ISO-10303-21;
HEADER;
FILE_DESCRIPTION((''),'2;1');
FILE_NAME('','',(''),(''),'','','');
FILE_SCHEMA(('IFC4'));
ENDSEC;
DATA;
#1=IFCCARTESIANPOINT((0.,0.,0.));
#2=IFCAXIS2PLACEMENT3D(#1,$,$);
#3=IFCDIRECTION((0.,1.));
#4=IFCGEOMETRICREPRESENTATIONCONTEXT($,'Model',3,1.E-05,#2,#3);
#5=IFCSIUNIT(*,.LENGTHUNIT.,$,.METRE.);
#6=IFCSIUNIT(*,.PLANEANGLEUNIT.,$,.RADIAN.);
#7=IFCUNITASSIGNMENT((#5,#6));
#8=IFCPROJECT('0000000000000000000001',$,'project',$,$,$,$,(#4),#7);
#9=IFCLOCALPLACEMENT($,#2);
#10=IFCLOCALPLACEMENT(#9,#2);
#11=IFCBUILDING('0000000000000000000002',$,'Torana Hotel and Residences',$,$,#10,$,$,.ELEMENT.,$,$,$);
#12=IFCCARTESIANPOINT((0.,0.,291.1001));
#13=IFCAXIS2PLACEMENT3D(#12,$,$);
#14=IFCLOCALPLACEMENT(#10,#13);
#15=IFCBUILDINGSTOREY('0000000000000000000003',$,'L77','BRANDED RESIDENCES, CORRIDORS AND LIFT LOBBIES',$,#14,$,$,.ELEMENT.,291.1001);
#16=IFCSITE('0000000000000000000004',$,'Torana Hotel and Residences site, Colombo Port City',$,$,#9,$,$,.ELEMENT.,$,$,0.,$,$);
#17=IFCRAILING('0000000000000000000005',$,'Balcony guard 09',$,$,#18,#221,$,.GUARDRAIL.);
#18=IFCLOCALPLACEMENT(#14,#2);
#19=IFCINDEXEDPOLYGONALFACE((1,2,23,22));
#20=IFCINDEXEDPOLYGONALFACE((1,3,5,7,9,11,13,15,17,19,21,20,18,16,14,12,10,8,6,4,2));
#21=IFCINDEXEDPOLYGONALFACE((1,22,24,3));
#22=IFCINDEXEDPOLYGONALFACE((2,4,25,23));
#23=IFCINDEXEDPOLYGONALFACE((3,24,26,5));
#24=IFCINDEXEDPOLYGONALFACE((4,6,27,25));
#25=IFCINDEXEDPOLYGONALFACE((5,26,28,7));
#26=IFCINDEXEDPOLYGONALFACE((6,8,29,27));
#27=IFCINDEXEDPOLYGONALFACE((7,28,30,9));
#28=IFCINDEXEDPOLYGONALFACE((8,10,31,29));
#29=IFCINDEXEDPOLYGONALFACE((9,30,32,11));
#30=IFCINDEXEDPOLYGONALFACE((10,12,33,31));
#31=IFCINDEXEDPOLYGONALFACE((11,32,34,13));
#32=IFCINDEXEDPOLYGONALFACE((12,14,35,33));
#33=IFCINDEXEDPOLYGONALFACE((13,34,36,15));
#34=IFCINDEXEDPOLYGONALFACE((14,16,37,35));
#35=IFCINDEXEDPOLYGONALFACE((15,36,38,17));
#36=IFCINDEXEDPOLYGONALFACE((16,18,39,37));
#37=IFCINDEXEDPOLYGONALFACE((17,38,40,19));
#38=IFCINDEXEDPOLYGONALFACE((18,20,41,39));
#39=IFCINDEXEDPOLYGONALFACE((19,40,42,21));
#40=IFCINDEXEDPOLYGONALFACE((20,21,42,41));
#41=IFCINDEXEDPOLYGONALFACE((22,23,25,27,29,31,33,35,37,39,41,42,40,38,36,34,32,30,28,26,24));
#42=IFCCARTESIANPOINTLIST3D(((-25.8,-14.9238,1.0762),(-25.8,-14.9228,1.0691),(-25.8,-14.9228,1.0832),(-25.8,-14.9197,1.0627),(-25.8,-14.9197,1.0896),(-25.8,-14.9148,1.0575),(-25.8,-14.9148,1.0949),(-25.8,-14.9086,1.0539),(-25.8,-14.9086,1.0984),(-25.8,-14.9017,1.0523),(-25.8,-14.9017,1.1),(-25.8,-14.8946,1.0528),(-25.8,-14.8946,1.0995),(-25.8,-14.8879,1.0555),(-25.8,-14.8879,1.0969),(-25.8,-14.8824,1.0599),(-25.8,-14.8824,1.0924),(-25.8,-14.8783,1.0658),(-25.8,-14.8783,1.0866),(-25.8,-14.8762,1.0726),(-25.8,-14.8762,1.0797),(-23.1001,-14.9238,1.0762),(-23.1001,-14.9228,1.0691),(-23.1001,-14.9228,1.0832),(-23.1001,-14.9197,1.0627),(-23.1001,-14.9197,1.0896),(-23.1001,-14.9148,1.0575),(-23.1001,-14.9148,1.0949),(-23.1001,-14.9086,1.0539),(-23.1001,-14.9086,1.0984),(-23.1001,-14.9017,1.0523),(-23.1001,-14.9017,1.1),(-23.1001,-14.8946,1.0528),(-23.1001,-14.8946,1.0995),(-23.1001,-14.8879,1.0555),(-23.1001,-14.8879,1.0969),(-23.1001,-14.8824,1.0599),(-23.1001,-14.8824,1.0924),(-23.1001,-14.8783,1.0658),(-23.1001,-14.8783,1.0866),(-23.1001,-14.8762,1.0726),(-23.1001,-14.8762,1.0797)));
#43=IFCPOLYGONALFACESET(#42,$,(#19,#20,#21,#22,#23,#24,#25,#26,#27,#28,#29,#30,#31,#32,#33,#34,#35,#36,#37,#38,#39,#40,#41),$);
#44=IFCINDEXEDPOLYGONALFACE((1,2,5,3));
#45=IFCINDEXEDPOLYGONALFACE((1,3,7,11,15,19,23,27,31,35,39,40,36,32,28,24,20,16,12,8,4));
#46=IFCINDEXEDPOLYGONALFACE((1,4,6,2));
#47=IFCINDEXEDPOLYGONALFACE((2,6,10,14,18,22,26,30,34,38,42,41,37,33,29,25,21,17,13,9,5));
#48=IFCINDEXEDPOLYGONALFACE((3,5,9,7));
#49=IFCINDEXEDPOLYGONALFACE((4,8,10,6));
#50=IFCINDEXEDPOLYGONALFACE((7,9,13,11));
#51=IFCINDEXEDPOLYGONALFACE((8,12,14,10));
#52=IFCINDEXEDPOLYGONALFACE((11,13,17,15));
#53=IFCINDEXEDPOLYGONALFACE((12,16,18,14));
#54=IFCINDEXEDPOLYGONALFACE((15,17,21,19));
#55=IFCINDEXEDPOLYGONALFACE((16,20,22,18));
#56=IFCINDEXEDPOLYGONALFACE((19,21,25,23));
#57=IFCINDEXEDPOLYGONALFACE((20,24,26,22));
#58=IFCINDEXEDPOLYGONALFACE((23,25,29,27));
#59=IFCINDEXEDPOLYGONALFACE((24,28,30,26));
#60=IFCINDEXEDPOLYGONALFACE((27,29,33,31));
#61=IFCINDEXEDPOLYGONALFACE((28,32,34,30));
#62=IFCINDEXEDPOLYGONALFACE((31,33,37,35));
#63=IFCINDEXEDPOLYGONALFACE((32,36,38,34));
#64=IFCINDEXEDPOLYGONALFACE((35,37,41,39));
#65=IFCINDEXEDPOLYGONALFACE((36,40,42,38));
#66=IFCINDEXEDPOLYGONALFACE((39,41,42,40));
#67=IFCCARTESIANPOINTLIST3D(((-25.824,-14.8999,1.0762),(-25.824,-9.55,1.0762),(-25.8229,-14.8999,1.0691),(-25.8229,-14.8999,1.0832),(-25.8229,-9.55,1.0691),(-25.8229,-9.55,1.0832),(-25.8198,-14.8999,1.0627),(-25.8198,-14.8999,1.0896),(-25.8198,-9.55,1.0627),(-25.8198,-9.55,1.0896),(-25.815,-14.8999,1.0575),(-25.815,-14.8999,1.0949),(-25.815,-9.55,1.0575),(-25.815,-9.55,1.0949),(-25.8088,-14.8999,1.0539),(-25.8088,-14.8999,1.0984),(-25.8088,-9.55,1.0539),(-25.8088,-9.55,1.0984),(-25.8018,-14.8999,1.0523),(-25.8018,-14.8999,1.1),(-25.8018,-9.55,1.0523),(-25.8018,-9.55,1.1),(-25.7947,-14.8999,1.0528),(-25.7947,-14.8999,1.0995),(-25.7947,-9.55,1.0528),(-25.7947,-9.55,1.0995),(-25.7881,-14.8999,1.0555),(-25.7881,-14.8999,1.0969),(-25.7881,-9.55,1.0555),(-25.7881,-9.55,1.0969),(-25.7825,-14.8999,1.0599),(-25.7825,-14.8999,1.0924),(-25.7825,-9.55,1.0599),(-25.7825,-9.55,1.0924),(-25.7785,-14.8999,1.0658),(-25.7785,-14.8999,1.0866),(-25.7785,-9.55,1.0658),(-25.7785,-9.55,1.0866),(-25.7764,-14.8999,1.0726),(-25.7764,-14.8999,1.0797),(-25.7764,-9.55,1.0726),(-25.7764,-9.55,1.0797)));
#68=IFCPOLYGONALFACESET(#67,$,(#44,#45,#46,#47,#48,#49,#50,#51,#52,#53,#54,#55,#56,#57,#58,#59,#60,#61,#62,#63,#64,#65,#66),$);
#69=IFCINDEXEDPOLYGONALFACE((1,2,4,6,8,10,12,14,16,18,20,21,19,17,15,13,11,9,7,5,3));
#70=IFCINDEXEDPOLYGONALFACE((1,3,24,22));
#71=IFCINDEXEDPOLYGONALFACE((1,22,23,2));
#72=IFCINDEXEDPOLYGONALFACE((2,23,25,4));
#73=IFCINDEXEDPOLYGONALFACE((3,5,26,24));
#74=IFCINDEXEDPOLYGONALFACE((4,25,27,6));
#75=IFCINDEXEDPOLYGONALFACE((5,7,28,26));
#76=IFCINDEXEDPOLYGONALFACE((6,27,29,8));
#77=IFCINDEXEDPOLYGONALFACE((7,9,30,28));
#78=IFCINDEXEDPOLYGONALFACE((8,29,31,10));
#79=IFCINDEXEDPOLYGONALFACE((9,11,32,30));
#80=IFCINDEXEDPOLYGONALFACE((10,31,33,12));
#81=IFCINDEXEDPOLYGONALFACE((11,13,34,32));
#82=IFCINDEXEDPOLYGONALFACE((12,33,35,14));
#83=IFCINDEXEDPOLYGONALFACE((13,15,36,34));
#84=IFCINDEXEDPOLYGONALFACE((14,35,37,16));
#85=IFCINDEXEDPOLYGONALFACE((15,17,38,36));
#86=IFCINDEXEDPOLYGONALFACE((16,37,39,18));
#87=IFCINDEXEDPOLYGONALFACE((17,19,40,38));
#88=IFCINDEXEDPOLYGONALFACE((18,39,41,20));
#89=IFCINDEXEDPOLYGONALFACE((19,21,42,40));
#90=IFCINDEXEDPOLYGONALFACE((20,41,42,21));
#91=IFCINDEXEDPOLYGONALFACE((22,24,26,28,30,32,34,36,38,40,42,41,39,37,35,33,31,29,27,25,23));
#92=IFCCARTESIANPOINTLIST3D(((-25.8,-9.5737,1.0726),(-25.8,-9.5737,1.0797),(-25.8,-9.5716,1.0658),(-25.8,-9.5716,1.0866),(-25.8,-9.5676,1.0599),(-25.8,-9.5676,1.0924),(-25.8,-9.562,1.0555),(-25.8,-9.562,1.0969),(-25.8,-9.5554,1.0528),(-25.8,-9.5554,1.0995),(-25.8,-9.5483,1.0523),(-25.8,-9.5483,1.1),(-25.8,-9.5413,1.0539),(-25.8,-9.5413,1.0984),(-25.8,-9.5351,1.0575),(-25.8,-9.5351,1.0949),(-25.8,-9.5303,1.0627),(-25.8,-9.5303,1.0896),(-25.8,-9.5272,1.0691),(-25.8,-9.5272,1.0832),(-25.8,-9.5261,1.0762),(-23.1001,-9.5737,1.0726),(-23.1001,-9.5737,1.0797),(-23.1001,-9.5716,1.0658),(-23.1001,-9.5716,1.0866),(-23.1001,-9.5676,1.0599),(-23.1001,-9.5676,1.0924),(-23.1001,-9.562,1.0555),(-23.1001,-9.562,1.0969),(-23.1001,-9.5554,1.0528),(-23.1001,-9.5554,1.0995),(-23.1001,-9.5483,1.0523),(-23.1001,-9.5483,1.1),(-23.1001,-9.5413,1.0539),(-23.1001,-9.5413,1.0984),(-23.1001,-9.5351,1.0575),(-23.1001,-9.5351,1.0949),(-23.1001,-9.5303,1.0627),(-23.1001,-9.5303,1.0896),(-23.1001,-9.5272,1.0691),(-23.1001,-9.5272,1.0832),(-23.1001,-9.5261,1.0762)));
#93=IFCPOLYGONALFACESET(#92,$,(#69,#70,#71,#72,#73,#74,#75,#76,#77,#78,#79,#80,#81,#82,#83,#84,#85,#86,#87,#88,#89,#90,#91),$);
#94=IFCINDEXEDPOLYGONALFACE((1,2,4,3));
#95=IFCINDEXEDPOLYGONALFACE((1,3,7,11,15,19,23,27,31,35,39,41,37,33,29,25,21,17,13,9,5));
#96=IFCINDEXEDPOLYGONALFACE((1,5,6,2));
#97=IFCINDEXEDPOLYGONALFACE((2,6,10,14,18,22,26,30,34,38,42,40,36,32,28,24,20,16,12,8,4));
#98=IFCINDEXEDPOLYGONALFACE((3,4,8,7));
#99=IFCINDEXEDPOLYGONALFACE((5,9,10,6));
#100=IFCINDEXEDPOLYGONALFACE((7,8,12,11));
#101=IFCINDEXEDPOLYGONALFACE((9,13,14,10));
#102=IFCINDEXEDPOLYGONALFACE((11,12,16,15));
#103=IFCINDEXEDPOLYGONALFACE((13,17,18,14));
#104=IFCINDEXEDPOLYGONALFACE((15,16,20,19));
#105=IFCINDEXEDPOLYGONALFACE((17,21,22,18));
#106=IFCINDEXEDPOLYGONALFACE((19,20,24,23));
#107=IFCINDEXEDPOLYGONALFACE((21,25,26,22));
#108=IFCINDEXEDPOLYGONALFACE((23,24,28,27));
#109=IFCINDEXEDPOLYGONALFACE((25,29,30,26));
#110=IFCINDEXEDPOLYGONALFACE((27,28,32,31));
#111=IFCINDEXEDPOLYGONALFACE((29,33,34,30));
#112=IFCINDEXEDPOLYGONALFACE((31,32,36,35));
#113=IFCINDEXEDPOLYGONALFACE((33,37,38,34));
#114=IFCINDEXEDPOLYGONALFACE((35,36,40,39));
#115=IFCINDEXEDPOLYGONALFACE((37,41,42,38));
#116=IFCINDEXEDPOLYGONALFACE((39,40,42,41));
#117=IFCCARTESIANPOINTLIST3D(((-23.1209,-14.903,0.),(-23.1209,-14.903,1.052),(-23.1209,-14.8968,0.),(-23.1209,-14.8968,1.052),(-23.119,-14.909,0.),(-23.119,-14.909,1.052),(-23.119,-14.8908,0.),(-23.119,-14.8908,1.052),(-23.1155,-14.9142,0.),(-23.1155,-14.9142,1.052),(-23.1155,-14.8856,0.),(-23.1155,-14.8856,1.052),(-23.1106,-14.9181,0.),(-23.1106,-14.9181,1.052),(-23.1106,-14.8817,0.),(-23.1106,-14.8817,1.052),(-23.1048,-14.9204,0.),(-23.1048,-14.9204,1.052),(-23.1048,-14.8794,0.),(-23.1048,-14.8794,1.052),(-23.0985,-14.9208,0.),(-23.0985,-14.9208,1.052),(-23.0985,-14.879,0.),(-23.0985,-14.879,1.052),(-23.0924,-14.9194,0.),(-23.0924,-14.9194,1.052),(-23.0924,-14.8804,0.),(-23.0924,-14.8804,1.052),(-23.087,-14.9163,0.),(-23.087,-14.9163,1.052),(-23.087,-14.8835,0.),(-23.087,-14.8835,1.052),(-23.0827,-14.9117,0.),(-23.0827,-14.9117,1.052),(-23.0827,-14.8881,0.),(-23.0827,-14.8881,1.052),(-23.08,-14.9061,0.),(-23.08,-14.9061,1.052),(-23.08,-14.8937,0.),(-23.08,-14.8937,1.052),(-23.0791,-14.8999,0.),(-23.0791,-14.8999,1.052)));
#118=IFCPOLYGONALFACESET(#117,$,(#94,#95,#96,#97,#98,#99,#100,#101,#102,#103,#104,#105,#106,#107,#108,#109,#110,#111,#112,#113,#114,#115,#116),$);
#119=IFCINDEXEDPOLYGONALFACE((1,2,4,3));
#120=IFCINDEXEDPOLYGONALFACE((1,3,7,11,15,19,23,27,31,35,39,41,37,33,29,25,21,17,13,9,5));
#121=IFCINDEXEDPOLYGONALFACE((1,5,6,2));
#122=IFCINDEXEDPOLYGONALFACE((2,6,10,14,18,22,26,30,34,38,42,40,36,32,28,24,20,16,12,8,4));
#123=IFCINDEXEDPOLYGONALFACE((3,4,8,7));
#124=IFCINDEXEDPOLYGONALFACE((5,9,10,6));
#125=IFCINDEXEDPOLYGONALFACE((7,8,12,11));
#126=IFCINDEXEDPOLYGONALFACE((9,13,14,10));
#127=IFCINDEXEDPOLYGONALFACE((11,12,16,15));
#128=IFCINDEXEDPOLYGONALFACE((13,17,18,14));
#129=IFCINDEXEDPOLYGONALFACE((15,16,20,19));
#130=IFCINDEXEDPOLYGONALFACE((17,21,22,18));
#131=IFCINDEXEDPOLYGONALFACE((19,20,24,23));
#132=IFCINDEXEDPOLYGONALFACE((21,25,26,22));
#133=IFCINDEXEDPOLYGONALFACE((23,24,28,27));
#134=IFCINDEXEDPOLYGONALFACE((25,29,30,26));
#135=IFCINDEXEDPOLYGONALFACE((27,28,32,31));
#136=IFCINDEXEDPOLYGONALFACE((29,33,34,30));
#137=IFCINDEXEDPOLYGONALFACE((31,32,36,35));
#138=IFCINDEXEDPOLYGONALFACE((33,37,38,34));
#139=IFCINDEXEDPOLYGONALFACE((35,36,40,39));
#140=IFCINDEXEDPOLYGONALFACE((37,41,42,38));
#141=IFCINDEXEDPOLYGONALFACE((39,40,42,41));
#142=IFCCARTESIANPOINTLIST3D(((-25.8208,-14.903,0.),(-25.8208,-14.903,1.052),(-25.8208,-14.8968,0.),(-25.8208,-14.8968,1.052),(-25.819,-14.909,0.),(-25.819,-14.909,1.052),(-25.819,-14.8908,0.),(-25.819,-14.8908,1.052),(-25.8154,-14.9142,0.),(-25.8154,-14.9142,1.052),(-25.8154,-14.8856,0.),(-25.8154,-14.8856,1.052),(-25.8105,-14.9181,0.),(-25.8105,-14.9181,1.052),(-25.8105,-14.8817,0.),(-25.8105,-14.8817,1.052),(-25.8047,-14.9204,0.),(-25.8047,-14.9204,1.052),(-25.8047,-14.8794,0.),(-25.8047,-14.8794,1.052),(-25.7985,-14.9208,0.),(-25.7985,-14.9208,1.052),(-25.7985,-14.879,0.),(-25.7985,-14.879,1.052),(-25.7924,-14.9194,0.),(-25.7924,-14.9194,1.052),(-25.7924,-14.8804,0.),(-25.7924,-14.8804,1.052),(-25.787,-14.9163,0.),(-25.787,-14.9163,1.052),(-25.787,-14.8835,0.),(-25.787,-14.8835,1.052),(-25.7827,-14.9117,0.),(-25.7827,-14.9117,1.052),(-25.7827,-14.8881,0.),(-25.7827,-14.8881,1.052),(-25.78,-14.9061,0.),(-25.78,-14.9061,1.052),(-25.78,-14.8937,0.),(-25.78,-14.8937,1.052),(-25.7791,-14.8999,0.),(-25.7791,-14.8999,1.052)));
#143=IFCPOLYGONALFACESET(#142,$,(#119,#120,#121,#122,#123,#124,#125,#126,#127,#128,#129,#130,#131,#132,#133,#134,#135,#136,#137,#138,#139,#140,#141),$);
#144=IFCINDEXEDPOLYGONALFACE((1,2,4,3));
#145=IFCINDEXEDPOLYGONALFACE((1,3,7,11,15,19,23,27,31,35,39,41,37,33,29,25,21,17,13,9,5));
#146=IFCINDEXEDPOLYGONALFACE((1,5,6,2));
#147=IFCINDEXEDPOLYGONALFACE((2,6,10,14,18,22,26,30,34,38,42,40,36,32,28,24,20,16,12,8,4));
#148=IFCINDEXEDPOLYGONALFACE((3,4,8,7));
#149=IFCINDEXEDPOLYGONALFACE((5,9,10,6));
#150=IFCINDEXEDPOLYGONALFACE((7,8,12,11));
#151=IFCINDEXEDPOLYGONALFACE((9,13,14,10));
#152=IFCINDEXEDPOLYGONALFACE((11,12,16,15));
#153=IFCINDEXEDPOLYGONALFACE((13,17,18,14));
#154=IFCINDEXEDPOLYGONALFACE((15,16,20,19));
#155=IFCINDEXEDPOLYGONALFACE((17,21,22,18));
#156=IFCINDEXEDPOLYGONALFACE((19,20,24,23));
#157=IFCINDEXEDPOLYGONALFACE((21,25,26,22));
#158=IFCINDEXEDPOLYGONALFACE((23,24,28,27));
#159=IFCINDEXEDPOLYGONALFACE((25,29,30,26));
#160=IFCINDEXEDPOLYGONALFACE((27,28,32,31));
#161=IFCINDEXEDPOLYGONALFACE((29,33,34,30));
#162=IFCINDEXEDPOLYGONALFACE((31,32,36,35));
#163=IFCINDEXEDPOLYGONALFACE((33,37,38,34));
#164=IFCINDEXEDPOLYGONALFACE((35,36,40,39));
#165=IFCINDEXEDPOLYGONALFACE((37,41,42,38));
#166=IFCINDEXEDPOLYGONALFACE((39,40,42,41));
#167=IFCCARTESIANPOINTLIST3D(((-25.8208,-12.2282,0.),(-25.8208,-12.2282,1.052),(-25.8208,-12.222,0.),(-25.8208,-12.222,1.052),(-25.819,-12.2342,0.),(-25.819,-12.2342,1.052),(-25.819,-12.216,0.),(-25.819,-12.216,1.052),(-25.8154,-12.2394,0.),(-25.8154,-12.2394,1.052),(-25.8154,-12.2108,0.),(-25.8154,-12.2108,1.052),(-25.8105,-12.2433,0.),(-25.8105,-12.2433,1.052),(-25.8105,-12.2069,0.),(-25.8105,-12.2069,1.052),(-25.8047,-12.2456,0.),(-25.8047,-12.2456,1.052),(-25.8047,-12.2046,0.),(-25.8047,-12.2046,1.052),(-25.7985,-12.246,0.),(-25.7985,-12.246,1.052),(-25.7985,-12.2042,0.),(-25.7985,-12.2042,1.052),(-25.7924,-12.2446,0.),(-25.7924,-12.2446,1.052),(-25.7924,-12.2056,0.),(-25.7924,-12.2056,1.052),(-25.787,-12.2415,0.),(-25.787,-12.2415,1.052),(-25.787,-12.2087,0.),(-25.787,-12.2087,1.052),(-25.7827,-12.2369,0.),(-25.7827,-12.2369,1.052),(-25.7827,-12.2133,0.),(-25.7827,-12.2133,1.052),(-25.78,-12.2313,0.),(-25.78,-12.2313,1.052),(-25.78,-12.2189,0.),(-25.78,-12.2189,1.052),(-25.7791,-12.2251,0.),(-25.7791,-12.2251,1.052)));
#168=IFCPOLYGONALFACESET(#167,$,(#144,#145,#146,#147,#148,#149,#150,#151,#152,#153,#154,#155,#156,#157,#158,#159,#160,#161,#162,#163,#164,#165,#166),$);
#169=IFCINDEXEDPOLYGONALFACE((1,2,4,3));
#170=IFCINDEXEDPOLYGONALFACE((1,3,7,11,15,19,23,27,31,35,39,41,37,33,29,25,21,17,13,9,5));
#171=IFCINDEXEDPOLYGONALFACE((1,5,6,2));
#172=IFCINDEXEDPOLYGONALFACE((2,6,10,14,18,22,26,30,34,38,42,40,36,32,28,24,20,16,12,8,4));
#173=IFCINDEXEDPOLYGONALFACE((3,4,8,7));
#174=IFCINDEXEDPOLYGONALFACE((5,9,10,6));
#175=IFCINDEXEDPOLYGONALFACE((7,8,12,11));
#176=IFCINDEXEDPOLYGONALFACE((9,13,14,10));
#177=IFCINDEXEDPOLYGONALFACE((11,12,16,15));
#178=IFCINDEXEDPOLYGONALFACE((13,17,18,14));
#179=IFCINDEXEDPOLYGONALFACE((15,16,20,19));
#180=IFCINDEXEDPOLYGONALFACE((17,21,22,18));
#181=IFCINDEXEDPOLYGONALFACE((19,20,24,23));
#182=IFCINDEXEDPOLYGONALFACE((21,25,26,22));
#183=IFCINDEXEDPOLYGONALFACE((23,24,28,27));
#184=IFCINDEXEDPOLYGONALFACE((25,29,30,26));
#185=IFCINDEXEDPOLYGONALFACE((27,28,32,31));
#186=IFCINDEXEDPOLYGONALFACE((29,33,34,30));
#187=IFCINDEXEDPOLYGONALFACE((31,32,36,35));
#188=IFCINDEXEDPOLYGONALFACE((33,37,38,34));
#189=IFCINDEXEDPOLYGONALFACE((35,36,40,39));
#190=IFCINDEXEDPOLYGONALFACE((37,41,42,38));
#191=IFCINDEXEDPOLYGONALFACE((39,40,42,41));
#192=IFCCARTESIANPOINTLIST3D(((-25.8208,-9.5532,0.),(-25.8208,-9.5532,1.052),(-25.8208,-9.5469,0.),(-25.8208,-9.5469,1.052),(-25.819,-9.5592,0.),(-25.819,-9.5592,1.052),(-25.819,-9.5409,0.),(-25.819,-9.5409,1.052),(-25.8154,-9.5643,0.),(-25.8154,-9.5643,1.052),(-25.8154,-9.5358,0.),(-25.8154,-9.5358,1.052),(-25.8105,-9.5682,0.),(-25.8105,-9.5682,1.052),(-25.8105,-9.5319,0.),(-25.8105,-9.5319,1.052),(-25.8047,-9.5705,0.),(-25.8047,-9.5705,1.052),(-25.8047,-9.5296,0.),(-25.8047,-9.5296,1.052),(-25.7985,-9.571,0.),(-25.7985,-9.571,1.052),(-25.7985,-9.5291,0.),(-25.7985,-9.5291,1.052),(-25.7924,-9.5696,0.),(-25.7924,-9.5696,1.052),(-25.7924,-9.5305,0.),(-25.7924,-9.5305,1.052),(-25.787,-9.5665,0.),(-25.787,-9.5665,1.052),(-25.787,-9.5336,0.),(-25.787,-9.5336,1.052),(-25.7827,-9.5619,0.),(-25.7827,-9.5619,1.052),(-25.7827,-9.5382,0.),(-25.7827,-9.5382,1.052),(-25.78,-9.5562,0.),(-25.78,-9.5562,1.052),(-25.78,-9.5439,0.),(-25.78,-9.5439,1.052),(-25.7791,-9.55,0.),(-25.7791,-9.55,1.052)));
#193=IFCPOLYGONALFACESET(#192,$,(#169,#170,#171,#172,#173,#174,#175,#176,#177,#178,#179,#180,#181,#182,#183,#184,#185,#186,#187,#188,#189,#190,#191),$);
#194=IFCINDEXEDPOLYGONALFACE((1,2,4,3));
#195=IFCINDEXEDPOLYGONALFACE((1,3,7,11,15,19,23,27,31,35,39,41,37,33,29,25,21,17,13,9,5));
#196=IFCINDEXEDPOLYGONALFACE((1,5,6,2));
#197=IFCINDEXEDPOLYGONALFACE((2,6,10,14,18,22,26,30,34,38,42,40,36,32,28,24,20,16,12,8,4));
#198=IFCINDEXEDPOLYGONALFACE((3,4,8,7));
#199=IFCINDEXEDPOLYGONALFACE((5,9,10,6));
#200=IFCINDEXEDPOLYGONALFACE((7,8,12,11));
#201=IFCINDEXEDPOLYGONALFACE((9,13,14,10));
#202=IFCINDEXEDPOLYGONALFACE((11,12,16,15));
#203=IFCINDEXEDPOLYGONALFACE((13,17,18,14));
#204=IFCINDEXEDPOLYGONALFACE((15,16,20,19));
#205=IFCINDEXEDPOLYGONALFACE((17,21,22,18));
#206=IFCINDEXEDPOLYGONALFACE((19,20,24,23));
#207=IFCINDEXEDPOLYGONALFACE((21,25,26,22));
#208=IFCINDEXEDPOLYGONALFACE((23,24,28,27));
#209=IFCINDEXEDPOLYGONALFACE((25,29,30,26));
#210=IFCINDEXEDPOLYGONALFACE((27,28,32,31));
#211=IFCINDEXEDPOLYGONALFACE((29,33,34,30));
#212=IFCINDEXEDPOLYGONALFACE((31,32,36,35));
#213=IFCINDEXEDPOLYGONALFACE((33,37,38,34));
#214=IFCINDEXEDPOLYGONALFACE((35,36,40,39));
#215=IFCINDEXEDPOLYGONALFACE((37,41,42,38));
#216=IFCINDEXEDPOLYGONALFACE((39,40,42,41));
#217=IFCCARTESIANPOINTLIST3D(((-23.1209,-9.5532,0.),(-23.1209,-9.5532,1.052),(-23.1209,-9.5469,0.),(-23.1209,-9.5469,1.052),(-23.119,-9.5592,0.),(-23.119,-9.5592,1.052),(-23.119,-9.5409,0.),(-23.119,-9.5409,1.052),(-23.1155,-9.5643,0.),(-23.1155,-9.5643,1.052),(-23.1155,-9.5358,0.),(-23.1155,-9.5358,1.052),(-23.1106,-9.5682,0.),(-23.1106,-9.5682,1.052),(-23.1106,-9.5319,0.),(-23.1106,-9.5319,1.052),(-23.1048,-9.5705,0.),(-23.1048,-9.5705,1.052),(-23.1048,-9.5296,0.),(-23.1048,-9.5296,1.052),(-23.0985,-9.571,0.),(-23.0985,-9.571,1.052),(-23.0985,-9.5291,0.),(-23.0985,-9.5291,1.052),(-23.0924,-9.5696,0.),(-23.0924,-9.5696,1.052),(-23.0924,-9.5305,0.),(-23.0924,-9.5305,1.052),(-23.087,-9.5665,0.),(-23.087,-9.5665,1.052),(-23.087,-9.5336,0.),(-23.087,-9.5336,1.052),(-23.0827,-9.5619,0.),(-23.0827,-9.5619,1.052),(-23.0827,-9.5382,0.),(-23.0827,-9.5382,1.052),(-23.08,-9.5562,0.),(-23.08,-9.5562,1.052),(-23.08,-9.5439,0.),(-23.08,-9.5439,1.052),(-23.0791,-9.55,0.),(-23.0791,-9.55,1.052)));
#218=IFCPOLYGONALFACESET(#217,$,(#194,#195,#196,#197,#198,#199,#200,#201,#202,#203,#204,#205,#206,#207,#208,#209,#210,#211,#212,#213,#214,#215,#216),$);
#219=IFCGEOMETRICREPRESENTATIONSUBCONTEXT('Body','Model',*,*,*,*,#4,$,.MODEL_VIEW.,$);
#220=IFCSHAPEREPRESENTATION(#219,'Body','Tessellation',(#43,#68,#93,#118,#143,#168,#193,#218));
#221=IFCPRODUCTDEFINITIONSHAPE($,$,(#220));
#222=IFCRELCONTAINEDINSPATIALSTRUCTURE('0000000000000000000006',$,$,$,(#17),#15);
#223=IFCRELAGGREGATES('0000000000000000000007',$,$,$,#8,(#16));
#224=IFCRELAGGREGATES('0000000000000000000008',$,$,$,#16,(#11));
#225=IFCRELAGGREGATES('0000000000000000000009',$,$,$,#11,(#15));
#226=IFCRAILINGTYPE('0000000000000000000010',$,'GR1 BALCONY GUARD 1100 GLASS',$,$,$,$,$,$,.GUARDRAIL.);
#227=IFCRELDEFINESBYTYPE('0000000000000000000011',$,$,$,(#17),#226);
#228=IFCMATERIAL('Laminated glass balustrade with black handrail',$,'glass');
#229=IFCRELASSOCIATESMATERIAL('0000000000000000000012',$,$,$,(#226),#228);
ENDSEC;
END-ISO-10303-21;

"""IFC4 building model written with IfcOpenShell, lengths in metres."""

from ifc_helpers import new_model, si_unit, direction, frame, origin, origin_2d, place, context, subcontext, project, spatial, circle, extrude, material, type_object, element, save


model = new_model("IFC4")

# Units and contexts
model_context = context("Model", 3, precision=1e-05, world=origin(), true_north=direction((0.0, 1.0)))
body_context = subcontext(model_context, "Body", "Model", "MODEL_VIEW")
ifc_project = project(units=[si_unit("LENGTHUNIT", "METRE"), si_unit("PLANEANGLEUNIT", "RADIAN")], contexts=[model_context])

# Site, building, storey
site_placement = place(None, origin())
site = spatial("IfcSite", under=ifc_project, at=site_placement, Name="Torana Hotel and Residences site, Colombo Port City", CompositionType="ELEMENT", RefElevation=0.0)
building_placement = place(site_placement, origin())
building = spatial("IfcBuilding", under=site, at=building_placement, Name="Torana Hotel and Residences", CompositionType="ELEMENT")
storey_placement = place(building_placement, frame((0.0, 0.0, 291.1001)))
storey = spatial("IfcBuildingStorey", under=building, at=storey_placement, Name="L77", Description="BRANDED RESIDENCES, CORRIDORS AND LIFT LOBBIES", CompositionType="ELEMENT", Elevation=291.1001)

# Railing
ifc_material_1 = material(Name="Laminated glass balustrade with black handrail", Category="glass")
railing_type = type_object("IfcRailingType", Name="GR1 BALCONY GUARD 1100 GLASS", PredefinedType="GUARDRAIL", material=ifc_material_1)
railing_1_placement = place(storey_placement, frame((-23.1001, -14.8999, 0.0)))
element("IfcRailing", 1, at=railing_1_placement, inside=storey, type_object=railing_type, Name="Balcony guard 09", PredefinedType="GUARDRAIL", context=body_context, shape_type="SweptSolid", body=[
    extrude(circle(Radius=0.0239, at=origin_2d()), frame((0.0, 0.0, 1.0762), z_axis=(-1.0, 0.0, 0.0), x_axis=(0.0, -1.0, 0.0)), (0.0, 0.0, 1.0), 2.7),
    extrude(circle(Radius=0.0239, at=origin_2d()), frame((-2.7, 0.0, 1.0762), z_axis=(0.0, 1.0, 0.0), x_axis=(-1.0, 0.0, 0.0)), (0.0, 0.0, 1.0), 5.3499),
    extrude(circle(Radius=0.0239, at=origin_2d()), frame((-2.7, 5.3499, 1.0762), z_axis=(1.0, 0.0, 0.0), x_axis=(0.0, 1.0, 0.0)), (0.0, 0.0, 1.0), 2.7),
    extrude(circle(Radius=0.021, at=origin_2d()), origin(), (0.0, 0.0, 1.0), 1.052),
    extrude(circle(Radius=0.021, at=origin_2d()), frame((-2.7, 0.0, 0.0)), (0.0, 0.0, 1.0), 1.052),
    extrude(circle(Radius=0.021, at=origin_2d()), frame((-2.7, 2.6748, 0.0)), (0.0, 0.0, 1.0), 1.052),
    extrude(circle(Radius=0.021, at=origin_2d()), frame((-2.7, 5.3499, 0.0)), (0.0, 0.0, 1.0), 1.052),
    extrude(circle(Radius=0.021, at=origin_2d()), frame((0.0, 5.3499, 0.0)), (0.0, 0.0, 1.0), 1.052),
])

save(model, "model.ifc")
